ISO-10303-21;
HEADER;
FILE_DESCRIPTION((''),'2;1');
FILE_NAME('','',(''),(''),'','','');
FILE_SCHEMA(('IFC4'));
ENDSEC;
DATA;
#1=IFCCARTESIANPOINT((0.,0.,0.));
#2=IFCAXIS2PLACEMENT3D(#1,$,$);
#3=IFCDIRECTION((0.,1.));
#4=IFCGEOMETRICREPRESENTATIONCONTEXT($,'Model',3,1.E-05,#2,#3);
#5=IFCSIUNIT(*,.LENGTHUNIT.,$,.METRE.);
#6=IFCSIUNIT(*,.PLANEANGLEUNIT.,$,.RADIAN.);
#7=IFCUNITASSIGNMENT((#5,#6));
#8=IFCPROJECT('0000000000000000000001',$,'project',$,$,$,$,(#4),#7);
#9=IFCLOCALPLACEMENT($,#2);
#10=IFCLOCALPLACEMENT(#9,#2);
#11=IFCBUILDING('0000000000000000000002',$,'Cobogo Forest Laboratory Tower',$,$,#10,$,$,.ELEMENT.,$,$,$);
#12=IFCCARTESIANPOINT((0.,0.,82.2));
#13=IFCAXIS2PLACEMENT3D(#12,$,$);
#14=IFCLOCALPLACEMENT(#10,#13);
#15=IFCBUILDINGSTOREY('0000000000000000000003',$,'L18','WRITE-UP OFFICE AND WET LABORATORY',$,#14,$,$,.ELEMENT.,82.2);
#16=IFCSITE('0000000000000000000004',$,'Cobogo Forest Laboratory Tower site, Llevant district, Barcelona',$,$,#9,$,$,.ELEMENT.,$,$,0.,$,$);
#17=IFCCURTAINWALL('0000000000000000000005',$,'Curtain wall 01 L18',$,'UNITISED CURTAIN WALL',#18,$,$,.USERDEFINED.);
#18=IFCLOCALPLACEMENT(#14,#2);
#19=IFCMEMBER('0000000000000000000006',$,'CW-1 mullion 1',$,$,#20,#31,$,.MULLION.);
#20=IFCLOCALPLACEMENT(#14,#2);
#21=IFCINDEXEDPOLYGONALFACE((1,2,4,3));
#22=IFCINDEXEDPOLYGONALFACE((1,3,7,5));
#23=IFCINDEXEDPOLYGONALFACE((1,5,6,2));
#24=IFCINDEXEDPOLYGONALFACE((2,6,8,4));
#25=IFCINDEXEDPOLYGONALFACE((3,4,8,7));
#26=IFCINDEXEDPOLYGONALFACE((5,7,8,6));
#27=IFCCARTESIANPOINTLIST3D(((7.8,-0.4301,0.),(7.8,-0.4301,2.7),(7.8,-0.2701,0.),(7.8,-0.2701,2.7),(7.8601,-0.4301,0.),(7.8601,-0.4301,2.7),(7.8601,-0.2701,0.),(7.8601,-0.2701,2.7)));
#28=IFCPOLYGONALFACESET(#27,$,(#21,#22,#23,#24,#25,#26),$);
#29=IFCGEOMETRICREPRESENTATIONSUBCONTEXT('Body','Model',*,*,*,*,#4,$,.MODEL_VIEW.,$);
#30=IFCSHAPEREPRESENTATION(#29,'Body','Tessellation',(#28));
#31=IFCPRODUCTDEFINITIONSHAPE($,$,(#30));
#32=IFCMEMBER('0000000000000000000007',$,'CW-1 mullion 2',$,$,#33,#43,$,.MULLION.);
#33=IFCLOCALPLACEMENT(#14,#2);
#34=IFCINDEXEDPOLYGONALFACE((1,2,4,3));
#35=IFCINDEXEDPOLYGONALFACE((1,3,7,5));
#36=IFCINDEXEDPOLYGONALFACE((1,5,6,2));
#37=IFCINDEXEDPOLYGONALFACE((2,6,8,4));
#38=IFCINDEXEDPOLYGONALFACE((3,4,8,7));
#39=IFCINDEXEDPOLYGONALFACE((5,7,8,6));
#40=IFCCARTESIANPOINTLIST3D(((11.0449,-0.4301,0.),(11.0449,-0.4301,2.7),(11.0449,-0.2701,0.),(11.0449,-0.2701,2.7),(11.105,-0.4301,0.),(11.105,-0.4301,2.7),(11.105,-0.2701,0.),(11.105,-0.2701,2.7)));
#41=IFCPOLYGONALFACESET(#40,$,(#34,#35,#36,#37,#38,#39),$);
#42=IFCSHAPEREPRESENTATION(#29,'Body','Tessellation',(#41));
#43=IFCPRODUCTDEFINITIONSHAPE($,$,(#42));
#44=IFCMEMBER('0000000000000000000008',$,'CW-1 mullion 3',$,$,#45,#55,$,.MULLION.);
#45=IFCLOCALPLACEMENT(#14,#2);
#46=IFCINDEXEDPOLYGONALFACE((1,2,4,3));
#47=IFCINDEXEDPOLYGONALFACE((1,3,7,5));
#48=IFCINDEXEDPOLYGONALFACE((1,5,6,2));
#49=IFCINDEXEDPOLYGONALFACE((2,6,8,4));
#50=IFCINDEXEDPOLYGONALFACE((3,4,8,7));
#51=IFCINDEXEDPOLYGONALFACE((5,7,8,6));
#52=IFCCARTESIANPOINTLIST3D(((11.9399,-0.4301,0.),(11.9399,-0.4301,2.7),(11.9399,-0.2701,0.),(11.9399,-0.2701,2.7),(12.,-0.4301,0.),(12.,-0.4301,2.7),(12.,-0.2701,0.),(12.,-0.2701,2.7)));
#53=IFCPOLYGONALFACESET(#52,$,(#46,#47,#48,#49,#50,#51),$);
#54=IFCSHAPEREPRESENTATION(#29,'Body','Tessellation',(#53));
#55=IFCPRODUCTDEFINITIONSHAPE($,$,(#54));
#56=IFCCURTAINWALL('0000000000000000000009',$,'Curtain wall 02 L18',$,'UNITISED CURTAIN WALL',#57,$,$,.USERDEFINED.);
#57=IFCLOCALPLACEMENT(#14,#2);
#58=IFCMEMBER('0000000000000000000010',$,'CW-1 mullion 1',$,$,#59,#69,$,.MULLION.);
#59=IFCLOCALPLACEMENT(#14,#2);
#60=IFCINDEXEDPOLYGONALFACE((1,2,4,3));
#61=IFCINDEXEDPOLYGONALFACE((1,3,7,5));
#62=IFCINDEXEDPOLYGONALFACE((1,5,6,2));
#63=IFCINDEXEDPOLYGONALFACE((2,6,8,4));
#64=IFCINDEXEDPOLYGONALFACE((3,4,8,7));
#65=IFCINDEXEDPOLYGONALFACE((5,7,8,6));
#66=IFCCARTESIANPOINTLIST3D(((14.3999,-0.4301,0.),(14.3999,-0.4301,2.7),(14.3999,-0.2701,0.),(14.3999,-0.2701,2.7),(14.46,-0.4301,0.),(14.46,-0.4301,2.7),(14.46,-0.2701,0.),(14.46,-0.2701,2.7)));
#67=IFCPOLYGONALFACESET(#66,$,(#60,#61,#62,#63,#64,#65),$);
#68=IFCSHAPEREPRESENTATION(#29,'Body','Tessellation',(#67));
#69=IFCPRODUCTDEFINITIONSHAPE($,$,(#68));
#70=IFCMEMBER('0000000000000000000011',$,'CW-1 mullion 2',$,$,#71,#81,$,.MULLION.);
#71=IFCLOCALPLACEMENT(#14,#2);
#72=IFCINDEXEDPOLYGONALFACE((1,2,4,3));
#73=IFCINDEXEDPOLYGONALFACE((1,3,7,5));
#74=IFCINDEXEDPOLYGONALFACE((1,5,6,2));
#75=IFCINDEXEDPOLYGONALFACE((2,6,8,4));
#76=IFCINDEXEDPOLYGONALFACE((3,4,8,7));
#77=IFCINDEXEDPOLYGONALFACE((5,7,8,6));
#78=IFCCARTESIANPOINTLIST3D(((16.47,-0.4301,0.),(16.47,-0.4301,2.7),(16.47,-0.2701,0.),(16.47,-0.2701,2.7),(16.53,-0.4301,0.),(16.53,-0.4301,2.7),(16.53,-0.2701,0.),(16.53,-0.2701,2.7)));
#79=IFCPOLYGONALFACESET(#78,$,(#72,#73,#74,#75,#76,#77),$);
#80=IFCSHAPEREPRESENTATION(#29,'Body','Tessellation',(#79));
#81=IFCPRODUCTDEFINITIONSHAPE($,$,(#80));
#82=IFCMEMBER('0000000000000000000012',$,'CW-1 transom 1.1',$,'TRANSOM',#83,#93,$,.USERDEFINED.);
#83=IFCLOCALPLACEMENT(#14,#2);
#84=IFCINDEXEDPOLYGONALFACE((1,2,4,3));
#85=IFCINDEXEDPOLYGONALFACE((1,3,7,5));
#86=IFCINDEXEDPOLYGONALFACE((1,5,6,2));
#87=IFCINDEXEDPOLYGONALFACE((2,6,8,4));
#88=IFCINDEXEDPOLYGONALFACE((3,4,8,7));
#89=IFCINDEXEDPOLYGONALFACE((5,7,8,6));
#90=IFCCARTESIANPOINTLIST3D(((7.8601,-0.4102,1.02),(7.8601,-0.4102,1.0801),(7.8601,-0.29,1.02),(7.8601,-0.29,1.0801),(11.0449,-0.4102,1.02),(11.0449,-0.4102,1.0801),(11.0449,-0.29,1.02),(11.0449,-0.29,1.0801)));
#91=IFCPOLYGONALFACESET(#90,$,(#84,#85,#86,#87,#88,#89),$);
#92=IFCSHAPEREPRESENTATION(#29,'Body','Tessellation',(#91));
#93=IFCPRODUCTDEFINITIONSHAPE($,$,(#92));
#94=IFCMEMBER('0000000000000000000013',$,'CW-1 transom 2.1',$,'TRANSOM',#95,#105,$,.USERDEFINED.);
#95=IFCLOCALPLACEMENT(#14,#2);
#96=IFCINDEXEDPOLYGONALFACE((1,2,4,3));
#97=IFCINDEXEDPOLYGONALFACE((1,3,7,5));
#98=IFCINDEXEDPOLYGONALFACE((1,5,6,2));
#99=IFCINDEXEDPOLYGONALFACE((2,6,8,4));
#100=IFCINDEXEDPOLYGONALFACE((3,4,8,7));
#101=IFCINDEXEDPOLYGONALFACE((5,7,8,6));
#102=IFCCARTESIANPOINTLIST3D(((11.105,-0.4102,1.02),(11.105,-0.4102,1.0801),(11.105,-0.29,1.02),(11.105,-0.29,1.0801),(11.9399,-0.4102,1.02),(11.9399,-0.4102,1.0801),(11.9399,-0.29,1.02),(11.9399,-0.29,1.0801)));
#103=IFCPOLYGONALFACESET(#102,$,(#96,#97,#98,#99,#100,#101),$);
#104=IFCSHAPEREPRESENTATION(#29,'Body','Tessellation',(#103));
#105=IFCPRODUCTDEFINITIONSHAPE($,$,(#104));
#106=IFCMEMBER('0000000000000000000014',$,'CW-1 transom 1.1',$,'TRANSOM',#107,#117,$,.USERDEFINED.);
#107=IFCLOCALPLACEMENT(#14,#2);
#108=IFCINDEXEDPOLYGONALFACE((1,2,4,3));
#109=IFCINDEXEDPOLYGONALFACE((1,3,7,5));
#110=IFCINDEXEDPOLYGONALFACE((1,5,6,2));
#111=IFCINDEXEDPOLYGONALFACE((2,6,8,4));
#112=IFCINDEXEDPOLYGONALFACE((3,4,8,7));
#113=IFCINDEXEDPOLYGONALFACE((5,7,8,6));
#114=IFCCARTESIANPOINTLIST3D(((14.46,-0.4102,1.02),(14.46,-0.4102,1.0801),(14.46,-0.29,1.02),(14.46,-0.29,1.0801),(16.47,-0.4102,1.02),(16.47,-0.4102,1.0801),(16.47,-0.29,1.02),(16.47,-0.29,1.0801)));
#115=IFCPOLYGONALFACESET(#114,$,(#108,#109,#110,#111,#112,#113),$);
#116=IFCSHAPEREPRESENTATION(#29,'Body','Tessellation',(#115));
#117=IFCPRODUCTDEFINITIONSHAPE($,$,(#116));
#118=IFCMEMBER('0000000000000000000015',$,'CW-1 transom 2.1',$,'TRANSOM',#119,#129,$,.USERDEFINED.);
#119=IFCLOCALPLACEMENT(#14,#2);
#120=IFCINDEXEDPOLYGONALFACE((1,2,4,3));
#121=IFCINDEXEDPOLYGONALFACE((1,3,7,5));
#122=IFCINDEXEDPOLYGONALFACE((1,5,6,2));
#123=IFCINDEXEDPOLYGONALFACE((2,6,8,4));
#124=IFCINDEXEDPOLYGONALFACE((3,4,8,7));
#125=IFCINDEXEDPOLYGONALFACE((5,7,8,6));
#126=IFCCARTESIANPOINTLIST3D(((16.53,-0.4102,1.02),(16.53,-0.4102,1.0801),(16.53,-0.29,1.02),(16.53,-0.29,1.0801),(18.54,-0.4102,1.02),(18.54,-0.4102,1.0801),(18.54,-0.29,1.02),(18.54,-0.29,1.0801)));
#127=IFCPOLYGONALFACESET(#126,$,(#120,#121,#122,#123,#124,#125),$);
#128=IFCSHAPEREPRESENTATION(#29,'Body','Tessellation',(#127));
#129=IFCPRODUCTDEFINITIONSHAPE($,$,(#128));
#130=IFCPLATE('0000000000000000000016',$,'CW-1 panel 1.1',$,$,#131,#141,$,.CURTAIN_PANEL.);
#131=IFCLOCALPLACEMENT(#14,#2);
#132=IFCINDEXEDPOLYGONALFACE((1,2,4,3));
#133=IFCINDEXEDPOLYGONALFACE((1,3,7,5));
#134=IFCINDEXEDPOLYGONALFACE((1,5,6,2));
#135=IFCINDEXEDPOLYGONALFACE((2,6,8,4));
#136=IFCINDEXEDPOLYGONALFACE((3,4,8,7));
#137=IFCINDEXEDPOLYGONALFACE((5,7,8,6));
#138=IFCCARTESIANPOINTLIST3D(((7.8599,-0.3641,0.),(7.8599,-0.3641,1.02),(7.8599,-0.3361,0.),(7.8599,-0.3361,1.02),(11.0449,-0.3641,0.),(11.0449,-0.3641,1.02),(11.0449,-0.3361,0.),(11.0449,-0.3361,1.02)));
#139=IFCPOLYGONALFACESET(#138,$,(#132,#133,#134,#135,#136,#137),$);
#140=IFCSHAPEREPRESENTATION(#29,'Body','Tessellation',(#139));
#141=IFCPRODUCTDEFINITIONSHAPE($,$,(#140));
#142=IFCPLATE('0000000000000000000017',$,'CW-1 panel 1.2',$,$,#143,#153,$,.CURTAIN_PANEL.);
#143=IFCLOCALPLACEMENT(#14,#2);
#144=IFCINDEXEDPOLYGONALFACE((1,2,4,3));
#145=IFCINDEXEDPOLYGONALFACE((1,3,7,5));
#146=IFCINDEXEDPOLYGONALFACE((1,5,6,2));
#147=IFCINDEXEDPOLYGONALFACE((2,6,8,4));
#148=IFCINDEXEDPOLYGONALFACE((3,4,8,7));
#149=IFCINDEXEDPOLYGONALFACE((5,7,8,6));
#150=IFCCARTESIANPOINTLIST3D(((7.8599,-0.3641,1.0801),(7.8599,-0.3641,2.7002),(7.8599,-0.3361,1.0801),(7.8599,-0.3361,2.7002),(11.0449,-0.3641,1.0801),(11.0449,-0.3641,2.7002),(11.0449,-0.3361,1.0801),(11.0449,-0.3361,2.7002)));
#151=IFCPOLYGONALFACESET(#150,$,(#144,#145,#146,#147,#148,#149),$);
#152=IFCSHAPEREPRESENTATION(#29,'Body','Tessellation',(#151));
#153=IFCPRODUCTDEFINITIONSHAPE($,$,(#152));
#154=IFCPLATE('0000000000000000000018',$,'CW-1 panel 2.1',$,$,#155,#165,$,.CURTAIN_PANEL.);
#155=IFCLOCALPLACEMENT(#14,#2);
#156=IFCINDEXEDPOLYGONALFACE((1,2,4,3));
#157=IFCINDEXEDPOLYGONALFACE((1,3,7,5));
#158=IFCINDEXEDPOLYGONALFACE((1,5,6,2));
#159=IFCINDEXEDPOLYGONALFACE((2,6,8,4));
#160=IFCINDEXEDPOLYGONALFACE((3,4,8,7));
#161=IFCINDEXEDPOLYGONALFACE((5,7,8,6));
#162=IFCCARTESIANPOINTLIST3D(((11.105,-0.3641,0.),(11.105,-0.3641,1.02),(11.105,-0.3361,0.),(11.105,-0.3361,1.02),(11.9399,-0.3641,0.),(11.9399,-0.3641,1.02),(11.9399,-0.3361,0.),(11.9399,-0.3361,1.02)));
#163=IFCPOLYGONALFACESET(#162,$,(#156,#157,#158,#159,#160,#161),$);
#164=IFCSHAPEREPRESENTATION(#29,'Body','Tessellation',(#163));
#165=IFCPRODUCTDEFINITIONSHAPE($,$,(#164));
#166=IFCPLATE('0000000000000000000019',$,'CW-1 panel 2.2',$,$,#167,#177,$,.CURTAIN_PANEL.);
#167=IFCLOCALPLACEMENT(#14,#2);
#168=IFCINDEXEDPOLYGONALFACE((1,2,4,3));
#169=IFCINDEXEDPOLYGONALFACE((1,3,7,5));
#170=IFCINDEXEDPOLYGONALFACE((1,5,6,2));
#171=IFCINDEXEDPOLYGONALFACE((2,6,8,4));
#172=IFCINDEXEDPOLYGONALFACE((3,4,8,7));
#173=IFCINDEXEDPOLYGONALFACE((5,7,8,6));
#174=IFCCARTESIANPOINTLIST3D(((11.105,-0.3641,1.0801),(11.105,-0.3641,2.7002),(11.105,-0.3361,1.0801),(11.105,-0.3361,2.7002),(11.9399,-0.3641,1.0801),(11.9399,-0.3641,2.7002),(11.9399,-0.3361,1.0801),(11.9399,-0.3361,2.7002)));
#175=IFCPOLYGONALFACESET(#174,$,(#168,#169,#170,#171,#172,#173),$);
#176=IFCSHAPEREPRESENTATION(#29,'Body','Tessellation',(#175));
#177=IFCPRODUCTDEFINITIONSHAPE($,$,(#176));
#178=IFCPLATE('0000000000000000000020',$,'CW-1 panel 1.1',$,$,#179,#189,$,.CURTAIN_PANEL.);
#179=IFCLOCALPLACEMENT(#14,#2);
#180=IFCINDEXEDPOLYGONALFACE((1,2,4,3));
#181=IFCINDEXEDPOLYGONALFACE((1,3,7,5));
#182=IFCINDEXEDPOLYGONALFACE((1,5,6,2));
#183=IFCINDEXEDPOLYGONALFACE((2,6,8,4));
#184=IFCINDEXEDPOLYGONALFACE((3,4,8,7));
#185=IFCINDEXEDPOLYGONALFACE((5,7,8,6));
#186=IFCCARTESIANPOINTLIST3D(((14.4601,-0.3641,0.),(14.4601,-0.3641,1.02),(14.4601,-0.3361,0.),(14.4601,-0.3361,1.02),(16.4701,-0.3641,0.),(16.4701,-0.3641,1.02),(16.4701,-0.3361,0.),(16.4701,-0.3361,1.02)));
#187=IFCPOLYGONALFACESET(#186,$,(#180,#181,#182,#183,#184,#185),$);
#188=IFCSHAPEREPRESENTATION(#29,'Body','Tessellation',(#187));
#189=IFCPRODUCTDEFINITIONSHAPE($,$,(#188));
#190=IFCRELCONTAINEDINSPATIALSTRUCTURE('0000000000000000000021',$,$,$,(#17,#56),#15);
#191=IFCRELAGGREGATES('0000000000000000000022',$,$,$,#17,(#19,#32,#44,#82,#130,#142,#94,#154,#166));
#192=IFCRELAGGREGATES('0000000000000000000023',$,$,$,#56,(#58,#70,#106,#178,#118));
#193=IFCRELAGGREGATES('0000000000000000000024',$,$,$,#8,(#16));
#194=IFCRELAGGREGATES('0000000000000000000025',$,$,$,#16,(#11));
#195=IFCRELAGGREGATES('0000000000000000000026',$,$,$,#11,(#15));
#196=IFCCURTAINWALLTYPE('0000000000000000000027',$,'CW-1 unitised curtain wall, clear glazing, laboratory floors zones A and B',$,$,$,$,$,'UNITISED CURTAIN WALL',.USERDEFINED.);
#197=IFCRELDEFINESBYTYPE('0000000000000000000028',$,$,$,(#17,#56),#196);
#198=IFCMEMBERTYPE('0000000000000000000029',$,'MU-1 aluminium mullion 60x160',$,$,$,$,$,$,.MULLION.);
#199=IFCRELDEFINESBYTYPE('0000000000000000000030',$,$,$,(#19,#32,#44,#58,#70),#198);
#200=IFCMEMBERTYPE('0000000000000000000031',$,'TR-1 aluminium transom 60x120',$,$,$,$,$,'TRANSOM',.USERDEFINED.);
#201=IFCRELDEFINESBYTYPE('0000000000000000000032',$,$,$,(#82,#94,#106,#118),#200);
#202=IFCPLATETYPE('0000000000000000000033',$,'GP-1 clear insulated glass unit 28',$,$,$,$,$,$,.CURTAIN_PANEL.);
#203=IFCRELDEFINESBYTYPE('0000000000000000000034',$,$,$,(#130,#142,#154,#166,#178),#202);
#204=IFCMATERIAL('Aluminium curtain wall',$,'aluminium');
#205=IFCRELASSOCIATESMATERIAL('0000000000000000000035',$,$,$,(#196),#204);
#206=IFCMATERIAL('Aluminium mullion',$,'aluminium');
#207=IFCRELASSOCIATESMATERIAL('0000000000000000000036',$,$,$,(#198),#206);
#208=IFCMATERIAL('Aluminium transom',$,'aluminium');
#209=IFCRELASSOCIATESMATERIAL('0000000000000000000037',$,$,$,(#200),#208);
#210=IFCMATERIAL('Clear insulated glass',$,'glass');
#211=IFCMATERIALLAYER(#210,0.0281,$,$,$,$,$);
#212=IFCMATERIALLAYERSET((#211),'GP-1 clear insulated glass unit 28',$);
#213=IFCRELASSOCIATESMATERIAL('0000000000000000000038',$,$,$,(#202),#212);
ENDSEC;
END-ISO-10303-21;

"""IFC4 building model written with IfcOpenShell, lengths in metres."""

from ifc_helpers import new_model, si_unit, direction, frame, origin, origin_2d, place, context, subcontext, project, spatial, rectangle, extrude, material, layer, layer_set, material_profile, profile_set, type_object, element, aggregate, save


model = new_model("IFC4")

# Units and contexts
model_context = context("Model", 3, precision=1e-05, world=origin(), true_north=direction((0.0, 1.0)))
body_context = subcontext(model_context, "Body", "Model", "MODEL_VIEW")
ifc_project = project(units=[si_unit("LENGTHUNIT", "METRE"), si_unit("PLANEANGLEUNIT", "RADIAN")], contexts=[model_context])

# Site, building, storey
site_placement = place(None, origin())
site = spatial("IfcSite", under=ifc_project, at=site_placement, Name="Cobogo Forest Laboratory Tower site, Llevant district, Barcelona", CompositionType="ELEMENT", RefElevation=0.0)
building_placement = place(site_placement, origin())
building = spatial("IfcBuilding", under=site, at=building_placement, Name="Cobogo Forest Laboratory Tower", CompositionType="ELEMENT")
storey_placement = place(building_placement, frame((0.0, 0.0, 82.2)))
storey = spatial("IfcBuildingStorey", under=building, at=storey_placement, Name="L18", Description="WRITE-UP OFFICE AND WET LABORATORY", CompositionType="ELEMENT", Elevation=82.2)

# Curtain walls, members
ifc_material_1 = material(Name="Aluminium curtain wall", Category="aluminium")
curtain_wall_type = type_object("IfcCurtainWallType", Name="CW-1 unitised curtain wall, clear glazing, laboratory floors zones A and B", ElementType="UNITISED CURTAIN WALL", PredefinedType="USERDEFINED", material=ifc_material_1)
curtain_wall_1_placement = place(storey_placement, origin())
curtain_wall_1 = element("IfcCurtainWall", 1, at=curtain_wall_1_placement, inside=storey, type_object=curtain_wall_type, Name="Curtain wall 01 L18", ObjectType="UNITISED CURTAIN WALL", PredefinedType="USERDEFINED")
ifc_material_2 = material(Name="Aluminium mullion", Category="aluminium")
ifc_material_profile_1 = material_profile(ifc_material_2, rectangle(XDim=0.0601, YDim=0.1599, at=origin_2d()), Name="AL 60x160")
ifc_profile_set_1 = profile_set([ifc_material_profile_1], Name="Aluminium mullion")
member_type_1 = type_object("IfcMemberType", Name="MU-1 aluminium mullion 60x160", PredefinedType="MULLION", material=ifc_profile_set_1)
member_1_placement = place(storey_placement, frame((7.8301, -0.3501, 0.0), z_axis=(0.0, 0.0, 1.0), x_axis=(1.0, 0.0, 0.0)))
member_1 = element("IfcMember", 2, at=member_1_placement, type_object=member_type_1, Name="CW-1 mullion 1", PredefinedType="MULLION", context=body_context, shape_type="SweptSolid", body=[
    extrude(rectangle(XDim=0.0601, YDim=0.1599, at=origin_2d()), origin(), (0.0, 0.0, 1.0), 2.7),
])
member_2_placement = place(storey_placement, frame((11.075, -0.3501, 0.0), z_axis=(0.0, 0.0, 1.0), x_axis=(1.0, 0.0, 0.0)))
member_2 = element("IfcMember", 3, at=member_2_placement, type_object=member_type_1, Name="CW-1 mullion 2", PredefinedType="MULLION", context=body_context, shape_type="SweptSolid", body=[
    extrude(rectangle(XDim=0.0601, YDim=0.1599, at=origin_2d()), origin(), (0.0, 0.0, 1.0), 2.7),
])
member_3_placement = place(storey_placement, frame((11.97, -0.3501, 0.0), z_axis=(0.0, 0.0, 1.0), x_axis=(1.0, 0.0, 0.0)))
member_3 = element("IfcMember", 4, at=member_3_placement, type_object=member_type_1, Name="CW-1 mullion 3", PredefinedType="MULLION", context=body_context, shape_type="SweptSolid", body=[
    extrude(rectangle(XDim=0.0601, YDim=0.1599, at=origin_2d()), origin(), (0.0, 0.0, 1.0), 2.7),
])
curtain_wall_2_placement = place(storey_placement, origin())
curtain_wall_2 = element("IfcCurtainWall", 5, at=curtain_wall_2_placement, inside=storey, type_object=curtain_wall_type, Name="Curtain wall 02 L18", ObjectType="UNITISED CURTAIN WALL", PredefinedType="USERDEFINED")
member_4_placement = place(storey_placement, frame((14.4299, -0.3501, 0.0), z_axis=(0.0, 0.0, 1.0), x_axis=(1.0, 0.0, 0.0)))
member_4 = element("IfcMember", 6, at=member_4_placement, type_object=member_type_1, Name="CW-1 mullion 1", PredefinedType="MULLION", context=body_context, shape_type="SweptSolid", body=[
    extrude(rectangle(XDim=0.0601, YDim=0.1599, at=origin_2d()), origin(), (0.0, 0.0, 1.0), 2.7),
])
member_5_placement = place(storey_placement, frame((16.5, -0.3501, 0.0), z_axis=(0.0, 0.0, 1.0), x_axis=(1.0, 0.0, 0.0)))
member_5 = element("IfcMember", 7, at=member_5_placement, type_object=member_type_1, Name="CW-1 mullion 2", PredefinedType="MULLION", context=body_context, shape_type="SweptSolid", body=[
    extrude(rectangle(XDim=0.0601, YDim=0.1599, at=origin_2d()), origin(), (0.0, 0.0, 1.0), 2.7),
])

# Members
ifc_material_3 = material(Name="Aluminium transom", Category="aluminium")
ifc_material_profile_2 = material_profile(ifc_material_3, rectangle(XDim=0.1201, YDim=0.0601, at=origin_2d()), Name="AL 60x120")
ifc_profile_set_2 = profile_set([ifc_material_profile_2], Name="Aluminium transom")
member_type_2 = type_object("IfcMemberType", Name="TR-1 aluminium transom 60x120", ElementType="TRANSOM", PredefinedType="USERDEFINED", material=ifc_profile_set_2)
member_6_placement = place(storey_placement, frame((7.8601, -0.3501, 1.05), z_axis=(1.0, 0.0, 0.0), x_axis=(0.0, 1.0, 0.0)))
member_6 = element("IfcMember", 8, at=member_6_placement, type_object=member_type_2, Name="CW-1 transom 1.1", ObjectType="TRANSOM", PredefinedType="USERDEFINED", context=body_context, shape_type="SweptSolid", body=[
    extrude(rectangle(XDim=0.1201, YDim=0.0601, at=origin_2d()), origin(), (0.0, 0.0, 1.0), 3.1848),
])
member_7_placement = place(storey_placement, frame((11.105, -0.3501, 1.05), z_axis=(1.0, 0.0, 0.0), x_axis=(0.0, 1.0, 0.0)))
member_7 = element("IfcMember", 9, at=member_7_placement, type_object=member_type_2, Name="CW-1 transom 2.1", ObjectType="TRANSOM", PredefinedType="USERDEFINED", context=body_context, shape_type="SweptSolid", body=[
    extrude(rectangle(XDim=0.1201, YDim=0.0601, at=origin_2d()), origin(), (0.0, 0.0, 1.0), 0.835),
])
member_8_placement = place(storey_placement, frame((14.46, -0.3501, 1.05), z_axis=(1.0, 0.0, 0.0), x_axis=(0.0, 1.0, 0.0)))
member_8 = element("IfcMember", 10, at=member_8_placement, type_object=member_type_2, Name="CW-1 transom 1.1", ObjectType="TRANSOM", PredefinedType="USERDEFINED", context=body_context, shape_type="SweptSolid", body=[
    extrude(rectangle(XDim=0.1201, YDim=0.0601, at=origin_2d()), origin(), (0.0, 0.0, 1.0), 2.01),
])
member_9_placement = place(storey_placement, frame((16.53, -0.3501, 1.05), z_axis=(1.0, 0.0, 0.0), x_axis=(0.0, 1.0, 0.0)))
member_9 = element("IfcMember", 11, at=member_9_placement, type_object=member_type_2, Name="CW-1 transom 2.1", ObjectType="TRANSOM", PredefinedType="USERDEFINED", context=body_context, shape_type="SweptSolid", body=[
    extrude(rectangle(XDim=0.1201, YDim=0.0601, at=origin_2d()), origin(), (0.0, 0.0, 1.0), 2.01),
])

# Plates
ifc_material_4 = material(Name="Clear insulated glass", Category="glass")
ifc_layer = layer(ifc_material_4, 0.0281)
ifc_layer_set = layer_set([ifc_layer], Name="GP-1 clear insulated glass unit 28")
plate_type_1 = type_object("IfcPlateType", Name="GP-1 clear insulated glass unit 28", PredefinedType="CURTAIN_PANEL", material=ifc_layer_set)
plate_1_placement = place(storey_placement, frame((9.4524, -0.3501, 0.0), z_axis=(0.0, 0.0, 1.0), x_axis=(1.0, 0.0, 0.0)))
plate_1 = element("IfcPlate", 12, at=plate_1_placement, type_object=plate_type_1, Name="CW-1 panel 1.1", PredefinedType="CURTAIN_PANEL", context=body_context, shape_type="SweptSolid", body=[
    extrude(rectangle(XDim=3.1851, YDim=0.0281, at=origin_2d()), origin(), (0.0, 0.0, 1.0), 1.02),
])
plate_2_placement = place(storey_placement, frame((9.4524, -0.3501, 1.0801), z_axis=(0.0, 0.0, 1.0), x_axis=(1.0, 0.0, 0.0)))
plate_2 = element("IfcPlate", 13, at=plate_2_placement, type_object=plate_type_1, Name="CW-1 panel 1.2", PredefinedType="CURTAIN_PANEL", context=body_context, shape_type="SweptSolid", body=[
    extrude(rectangle(XDim=3.1851, YDim=0.0281, at=origin_2d()), origin(), (0.0, 0.0, 1.0), 1.6201),
])
plate_3_placement = place(storey_placement, frame((11.5225, -0.3501, 0.0), z_axis=(0.0, 0.0, 1.0), x_axis=(1.0, 0.0, 0.0)))
plate_3 = element("IfcPlate", 14, at=plate_3_placement, type_object=plate_type_1, Name="CW-1 panel 2.1", PredefinedType="CURTAIN_PANEL", context=body_context, shape_type="SweptSolid", body=[
    extrude(rectangle(XDim=0.835, YDim=0.0281, at=origin_2d()), origin(), (0.0, 0.0, 1.0), 1.02),
])
plate_4_placement = place(storey_placement, frame((11.5225, -0.3501, 1.0801), z_axis=(0.0, 0.0, 1.0), x_axis=(1.0, 0.0, 0.0)))
plate_4 = element("IfcPlate", 15, at=plate_4_placement, type_object=plate_type_1, Name="CW-1 panel 2.2", PredefinedType="CURTAIN_PANEL", context=body_context, shape_type="SweptSolid", body=[
    extrude(rectangle(XDim=0.835, YDim=0.0281, at=origin_2d()), origin(), (0.0, 0.0, 1.0), 1.6201),
])
aggregate(curtain_wall_1, [member_1, member_2, member_3, member_6, plate_1, plate_2, member_7, plate_3, plate_4])
plate_5_placement = place(storey_placement, frame((15.4651, -0.3501, 0.0), z_axis=(0.0, 0.0, 1.0), x_axis=(1.0, 0.0, 0.0)))
plate_5 = element("IfcPlate", 16, at=plate_5_placement, type_object=plate_type_1, Name="CW-1 panel 1.1", PredefinedType="CURTAIN_PANEL", context=body_context, shape_type="SweptSolid", body=[
    extrude(rectangle(XDim=2.01, YDim=0.0281, at=origin_2d()), origin(), (0.0, 0.0, 1.0), 1.02),
])
aggregate(curtain_wall_2, [member_4, member_5, member_8, plate_5, member_9])

save(model, "model.ifc")
